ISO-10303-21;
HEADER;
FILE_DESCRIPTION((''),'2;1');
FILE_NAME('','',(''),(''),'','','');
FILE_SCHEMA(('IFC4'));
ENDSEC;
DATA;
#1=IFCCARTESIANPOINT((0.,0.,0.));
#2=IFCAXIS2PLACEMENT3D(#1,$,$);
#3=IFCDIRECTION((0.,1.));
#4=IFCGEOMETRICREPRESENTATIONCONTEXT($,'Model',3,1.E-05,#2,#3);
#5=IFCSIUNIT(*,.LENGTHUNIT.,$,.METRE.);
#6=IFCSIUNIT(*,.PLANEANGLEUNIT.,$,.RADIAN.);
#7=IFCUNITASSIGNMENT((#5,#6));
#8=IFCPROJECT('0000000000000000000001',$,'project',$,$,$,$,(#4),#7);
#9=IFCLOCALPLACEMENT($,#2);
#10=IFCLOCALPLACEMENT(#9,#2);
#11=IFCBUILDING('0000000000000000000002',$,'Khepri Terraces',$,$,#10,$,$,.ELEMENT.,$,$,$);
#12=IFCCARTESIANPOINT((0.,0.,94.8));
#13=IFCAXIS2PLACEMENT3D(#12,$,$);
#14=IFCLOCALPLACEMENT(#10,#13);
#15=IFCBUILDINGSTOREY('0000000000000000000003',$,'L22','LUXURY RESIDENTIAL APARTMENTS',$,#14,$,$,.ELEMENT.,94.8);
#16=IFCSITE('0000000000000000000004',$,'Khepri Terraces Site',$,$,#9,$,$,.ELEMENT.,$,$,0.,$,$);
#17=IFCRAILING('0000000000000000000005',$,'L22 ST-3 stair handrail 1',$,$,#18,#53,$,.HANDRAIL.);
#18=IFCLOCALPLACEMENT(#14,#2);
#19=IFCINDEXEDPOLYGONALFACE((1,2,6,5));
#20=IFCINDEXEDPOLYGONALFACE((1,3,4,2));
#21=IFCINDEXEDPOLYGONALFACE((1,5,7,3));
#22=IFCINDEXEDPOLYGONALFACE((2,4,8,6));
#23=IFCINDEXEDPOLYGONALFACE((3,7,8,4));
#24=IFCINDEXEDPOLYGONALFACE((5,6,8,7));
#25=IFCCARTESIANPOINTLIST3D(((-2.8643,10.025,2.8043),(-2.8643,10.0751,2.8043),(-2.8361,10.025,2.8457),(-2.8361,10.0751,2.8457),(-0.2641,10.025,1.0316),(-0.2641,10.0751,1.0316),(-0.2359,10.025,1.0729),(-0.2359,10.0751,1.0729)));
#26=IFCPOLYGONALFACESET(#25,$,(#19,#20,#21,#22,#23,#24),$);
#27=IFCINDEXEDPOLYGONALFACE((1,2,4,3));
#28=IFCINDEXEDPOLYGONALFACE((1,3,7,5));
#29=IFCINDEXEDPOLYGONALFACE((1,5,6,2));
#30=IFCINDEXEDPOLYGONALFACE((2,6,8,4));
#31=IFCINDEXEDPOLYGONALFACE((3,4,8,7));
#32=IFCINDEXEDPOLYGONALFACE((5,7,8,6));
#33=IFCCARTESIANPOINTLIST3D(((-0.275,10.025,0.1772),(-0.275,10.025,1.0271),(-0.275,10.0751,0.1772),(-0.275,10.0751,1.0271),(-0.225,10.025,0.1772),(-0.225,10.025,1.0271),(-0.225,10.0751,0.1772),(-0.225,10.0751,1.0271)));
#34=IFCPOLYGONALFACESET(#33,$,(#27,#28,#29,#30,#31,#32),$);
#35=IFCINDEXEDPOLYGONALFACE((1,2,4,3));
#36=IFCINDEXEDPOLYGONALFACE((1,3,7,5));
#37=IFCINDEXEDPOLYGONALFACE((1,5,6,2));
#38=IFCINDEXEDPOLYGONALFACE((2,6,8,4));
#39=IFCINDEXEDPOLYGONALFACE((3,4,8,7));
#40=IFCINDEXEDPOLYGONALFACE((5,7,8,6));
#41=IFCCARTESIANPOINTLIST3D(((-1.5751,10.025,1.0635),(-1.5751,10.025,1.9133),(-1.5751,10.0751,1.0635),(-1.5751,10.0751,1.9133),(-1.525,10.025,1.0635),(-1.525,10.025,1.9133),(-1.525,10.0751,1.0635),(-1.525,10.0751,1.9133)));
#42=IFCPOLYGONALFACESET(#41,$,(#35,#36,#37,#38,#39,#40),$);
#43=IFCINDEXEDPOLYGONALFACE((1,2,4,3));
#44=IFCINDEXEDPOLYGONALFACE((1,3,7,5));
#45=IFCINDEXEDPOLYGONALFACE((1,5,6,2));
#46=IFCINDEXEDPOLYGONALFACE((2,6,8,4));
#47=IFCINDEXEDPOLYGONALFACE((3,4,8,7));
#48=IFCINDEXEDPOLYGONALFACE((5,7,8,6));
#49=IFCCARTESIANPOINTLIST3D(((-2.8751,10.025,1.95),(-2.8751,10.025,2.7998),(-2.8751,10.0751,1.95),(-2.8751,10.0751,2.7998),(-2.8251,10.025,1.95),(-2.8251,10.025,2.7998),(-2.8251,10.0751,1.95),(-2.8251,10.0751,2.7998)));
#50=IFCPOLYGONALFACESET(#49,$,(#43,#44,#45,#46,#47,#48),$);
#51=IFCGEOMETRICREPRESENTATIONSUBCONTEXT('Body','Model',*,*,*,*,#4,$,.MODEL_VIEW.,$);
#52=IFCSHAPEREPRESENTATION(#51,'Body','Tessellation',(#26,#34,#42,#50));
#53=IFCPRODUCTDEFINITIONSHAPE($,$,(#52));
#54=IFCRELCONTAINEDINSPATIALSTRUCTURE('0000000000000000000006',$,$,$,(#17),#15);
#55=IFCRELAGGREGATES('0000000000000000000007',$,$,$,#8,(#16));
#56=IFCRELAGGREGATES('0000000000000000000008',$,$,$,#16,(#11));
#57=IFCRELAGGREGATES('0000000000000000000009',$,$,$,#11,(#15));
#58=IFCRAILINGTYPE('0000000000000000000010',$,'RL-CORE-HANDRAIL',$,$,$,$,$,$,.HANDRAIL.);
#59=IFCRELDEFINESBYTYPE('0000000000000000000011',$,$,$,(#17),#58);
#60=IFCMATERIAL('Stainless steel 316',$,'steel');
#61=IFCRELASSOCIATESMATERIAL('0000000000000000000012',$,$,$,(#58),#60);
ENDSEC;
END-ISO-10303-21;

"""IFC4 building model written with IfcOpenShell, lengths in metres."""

from ifc_helpers import new_model, si_unit, direction, frame, origin, origin_2d, place, context, subcontext, project, spatial, rectangle, extrude, material, type_object, element, save


model = new_model("IFC4")

# Units and contexts
model_context = context("Model", 3, precision=1e-05, world=origin(), true_north=direction((0.0, 1.0)))
body_context = subcontext(model_context, "Body", "Model", "MODEL_VIEW")
ifc_project = project(units=[si_unit("LENGTHUNIT", "METRE"), si_unit("PLANEANGLEUNIT", "RADIAN")], contexts=[model_context])

# Site, building, storey
site_placement = place(None, origin())
site = spatial("IfcSite", under=ifc_project, at=site_placement, Name="Khepri Terraces Site", CompositionType="ELEMENT", RefElevation=0.0)
building_placement = place(site_placement, origin())
building = spatial("IfcBuilding", under=site, at=building_placement, Name="Khepri Terraces", CompositionType="ELEMENT")
storey_placement = place(building_placement, frame((0.0, 0.0, 94.8)))
storey = spatial("IfcBuildingStorey", under=building, at=storey_placement, Name="L22", Description="LUXURY RESIDENTIAL APARTMENTS", CompositionType="ELEMENT", Elevation=94.8)

# Railing
ifc_material_1 = material(Name="Stainless steel 316", Category="steel")
railing_type_1 = type_object("IfcRailingType", Name="RL-CORE-HANDRAIL", PredefinedType="HANDRAIL", material=ifc_material_1)
railing_1_placement = place(storey_placement, frame((-0.25, 10.05, 0.1772)))
element("IfcRailing", 1, at=railing_1_placement, inside=storey, type_object=railing_type_1, Name="L22 ST-3 stair handrail 1", PredefinedType="HANDRAIL", context=body_context, shape_type="SweptSolid", body=[
    extrude(rectangle(XDim=0.05, YDim=0.05, at=origin_2d()), frame((0.0, 0.0, 0.875), z_axis=(-0.82624, 0.0, 0.563318), x_axis=(0.0, -1.0, 0.0)), (0.0, 0.0, 1.0), 3.147),
    extrude(rectangle(XDim=0.05, YDim=0.05, at=origin_2d()), origin(), (0.0, 0.0, 1.0), 0.8499),
    extrude(rectangle(XDim=0.05, YDim=0.05, at=origin_2d()), frame((-1.3, 0.0, 0.8862)), (0.0, 0.0, 1.0), 0.8499),
    extrude(rectangle(XDim=0.05, YDim=0.05, at=origin_2d()), frame((-2.6001, 0.0, 1.7727)), (0.0, 0.0, 1.0), 0.8499),
])

save(model, "model.ifc")
